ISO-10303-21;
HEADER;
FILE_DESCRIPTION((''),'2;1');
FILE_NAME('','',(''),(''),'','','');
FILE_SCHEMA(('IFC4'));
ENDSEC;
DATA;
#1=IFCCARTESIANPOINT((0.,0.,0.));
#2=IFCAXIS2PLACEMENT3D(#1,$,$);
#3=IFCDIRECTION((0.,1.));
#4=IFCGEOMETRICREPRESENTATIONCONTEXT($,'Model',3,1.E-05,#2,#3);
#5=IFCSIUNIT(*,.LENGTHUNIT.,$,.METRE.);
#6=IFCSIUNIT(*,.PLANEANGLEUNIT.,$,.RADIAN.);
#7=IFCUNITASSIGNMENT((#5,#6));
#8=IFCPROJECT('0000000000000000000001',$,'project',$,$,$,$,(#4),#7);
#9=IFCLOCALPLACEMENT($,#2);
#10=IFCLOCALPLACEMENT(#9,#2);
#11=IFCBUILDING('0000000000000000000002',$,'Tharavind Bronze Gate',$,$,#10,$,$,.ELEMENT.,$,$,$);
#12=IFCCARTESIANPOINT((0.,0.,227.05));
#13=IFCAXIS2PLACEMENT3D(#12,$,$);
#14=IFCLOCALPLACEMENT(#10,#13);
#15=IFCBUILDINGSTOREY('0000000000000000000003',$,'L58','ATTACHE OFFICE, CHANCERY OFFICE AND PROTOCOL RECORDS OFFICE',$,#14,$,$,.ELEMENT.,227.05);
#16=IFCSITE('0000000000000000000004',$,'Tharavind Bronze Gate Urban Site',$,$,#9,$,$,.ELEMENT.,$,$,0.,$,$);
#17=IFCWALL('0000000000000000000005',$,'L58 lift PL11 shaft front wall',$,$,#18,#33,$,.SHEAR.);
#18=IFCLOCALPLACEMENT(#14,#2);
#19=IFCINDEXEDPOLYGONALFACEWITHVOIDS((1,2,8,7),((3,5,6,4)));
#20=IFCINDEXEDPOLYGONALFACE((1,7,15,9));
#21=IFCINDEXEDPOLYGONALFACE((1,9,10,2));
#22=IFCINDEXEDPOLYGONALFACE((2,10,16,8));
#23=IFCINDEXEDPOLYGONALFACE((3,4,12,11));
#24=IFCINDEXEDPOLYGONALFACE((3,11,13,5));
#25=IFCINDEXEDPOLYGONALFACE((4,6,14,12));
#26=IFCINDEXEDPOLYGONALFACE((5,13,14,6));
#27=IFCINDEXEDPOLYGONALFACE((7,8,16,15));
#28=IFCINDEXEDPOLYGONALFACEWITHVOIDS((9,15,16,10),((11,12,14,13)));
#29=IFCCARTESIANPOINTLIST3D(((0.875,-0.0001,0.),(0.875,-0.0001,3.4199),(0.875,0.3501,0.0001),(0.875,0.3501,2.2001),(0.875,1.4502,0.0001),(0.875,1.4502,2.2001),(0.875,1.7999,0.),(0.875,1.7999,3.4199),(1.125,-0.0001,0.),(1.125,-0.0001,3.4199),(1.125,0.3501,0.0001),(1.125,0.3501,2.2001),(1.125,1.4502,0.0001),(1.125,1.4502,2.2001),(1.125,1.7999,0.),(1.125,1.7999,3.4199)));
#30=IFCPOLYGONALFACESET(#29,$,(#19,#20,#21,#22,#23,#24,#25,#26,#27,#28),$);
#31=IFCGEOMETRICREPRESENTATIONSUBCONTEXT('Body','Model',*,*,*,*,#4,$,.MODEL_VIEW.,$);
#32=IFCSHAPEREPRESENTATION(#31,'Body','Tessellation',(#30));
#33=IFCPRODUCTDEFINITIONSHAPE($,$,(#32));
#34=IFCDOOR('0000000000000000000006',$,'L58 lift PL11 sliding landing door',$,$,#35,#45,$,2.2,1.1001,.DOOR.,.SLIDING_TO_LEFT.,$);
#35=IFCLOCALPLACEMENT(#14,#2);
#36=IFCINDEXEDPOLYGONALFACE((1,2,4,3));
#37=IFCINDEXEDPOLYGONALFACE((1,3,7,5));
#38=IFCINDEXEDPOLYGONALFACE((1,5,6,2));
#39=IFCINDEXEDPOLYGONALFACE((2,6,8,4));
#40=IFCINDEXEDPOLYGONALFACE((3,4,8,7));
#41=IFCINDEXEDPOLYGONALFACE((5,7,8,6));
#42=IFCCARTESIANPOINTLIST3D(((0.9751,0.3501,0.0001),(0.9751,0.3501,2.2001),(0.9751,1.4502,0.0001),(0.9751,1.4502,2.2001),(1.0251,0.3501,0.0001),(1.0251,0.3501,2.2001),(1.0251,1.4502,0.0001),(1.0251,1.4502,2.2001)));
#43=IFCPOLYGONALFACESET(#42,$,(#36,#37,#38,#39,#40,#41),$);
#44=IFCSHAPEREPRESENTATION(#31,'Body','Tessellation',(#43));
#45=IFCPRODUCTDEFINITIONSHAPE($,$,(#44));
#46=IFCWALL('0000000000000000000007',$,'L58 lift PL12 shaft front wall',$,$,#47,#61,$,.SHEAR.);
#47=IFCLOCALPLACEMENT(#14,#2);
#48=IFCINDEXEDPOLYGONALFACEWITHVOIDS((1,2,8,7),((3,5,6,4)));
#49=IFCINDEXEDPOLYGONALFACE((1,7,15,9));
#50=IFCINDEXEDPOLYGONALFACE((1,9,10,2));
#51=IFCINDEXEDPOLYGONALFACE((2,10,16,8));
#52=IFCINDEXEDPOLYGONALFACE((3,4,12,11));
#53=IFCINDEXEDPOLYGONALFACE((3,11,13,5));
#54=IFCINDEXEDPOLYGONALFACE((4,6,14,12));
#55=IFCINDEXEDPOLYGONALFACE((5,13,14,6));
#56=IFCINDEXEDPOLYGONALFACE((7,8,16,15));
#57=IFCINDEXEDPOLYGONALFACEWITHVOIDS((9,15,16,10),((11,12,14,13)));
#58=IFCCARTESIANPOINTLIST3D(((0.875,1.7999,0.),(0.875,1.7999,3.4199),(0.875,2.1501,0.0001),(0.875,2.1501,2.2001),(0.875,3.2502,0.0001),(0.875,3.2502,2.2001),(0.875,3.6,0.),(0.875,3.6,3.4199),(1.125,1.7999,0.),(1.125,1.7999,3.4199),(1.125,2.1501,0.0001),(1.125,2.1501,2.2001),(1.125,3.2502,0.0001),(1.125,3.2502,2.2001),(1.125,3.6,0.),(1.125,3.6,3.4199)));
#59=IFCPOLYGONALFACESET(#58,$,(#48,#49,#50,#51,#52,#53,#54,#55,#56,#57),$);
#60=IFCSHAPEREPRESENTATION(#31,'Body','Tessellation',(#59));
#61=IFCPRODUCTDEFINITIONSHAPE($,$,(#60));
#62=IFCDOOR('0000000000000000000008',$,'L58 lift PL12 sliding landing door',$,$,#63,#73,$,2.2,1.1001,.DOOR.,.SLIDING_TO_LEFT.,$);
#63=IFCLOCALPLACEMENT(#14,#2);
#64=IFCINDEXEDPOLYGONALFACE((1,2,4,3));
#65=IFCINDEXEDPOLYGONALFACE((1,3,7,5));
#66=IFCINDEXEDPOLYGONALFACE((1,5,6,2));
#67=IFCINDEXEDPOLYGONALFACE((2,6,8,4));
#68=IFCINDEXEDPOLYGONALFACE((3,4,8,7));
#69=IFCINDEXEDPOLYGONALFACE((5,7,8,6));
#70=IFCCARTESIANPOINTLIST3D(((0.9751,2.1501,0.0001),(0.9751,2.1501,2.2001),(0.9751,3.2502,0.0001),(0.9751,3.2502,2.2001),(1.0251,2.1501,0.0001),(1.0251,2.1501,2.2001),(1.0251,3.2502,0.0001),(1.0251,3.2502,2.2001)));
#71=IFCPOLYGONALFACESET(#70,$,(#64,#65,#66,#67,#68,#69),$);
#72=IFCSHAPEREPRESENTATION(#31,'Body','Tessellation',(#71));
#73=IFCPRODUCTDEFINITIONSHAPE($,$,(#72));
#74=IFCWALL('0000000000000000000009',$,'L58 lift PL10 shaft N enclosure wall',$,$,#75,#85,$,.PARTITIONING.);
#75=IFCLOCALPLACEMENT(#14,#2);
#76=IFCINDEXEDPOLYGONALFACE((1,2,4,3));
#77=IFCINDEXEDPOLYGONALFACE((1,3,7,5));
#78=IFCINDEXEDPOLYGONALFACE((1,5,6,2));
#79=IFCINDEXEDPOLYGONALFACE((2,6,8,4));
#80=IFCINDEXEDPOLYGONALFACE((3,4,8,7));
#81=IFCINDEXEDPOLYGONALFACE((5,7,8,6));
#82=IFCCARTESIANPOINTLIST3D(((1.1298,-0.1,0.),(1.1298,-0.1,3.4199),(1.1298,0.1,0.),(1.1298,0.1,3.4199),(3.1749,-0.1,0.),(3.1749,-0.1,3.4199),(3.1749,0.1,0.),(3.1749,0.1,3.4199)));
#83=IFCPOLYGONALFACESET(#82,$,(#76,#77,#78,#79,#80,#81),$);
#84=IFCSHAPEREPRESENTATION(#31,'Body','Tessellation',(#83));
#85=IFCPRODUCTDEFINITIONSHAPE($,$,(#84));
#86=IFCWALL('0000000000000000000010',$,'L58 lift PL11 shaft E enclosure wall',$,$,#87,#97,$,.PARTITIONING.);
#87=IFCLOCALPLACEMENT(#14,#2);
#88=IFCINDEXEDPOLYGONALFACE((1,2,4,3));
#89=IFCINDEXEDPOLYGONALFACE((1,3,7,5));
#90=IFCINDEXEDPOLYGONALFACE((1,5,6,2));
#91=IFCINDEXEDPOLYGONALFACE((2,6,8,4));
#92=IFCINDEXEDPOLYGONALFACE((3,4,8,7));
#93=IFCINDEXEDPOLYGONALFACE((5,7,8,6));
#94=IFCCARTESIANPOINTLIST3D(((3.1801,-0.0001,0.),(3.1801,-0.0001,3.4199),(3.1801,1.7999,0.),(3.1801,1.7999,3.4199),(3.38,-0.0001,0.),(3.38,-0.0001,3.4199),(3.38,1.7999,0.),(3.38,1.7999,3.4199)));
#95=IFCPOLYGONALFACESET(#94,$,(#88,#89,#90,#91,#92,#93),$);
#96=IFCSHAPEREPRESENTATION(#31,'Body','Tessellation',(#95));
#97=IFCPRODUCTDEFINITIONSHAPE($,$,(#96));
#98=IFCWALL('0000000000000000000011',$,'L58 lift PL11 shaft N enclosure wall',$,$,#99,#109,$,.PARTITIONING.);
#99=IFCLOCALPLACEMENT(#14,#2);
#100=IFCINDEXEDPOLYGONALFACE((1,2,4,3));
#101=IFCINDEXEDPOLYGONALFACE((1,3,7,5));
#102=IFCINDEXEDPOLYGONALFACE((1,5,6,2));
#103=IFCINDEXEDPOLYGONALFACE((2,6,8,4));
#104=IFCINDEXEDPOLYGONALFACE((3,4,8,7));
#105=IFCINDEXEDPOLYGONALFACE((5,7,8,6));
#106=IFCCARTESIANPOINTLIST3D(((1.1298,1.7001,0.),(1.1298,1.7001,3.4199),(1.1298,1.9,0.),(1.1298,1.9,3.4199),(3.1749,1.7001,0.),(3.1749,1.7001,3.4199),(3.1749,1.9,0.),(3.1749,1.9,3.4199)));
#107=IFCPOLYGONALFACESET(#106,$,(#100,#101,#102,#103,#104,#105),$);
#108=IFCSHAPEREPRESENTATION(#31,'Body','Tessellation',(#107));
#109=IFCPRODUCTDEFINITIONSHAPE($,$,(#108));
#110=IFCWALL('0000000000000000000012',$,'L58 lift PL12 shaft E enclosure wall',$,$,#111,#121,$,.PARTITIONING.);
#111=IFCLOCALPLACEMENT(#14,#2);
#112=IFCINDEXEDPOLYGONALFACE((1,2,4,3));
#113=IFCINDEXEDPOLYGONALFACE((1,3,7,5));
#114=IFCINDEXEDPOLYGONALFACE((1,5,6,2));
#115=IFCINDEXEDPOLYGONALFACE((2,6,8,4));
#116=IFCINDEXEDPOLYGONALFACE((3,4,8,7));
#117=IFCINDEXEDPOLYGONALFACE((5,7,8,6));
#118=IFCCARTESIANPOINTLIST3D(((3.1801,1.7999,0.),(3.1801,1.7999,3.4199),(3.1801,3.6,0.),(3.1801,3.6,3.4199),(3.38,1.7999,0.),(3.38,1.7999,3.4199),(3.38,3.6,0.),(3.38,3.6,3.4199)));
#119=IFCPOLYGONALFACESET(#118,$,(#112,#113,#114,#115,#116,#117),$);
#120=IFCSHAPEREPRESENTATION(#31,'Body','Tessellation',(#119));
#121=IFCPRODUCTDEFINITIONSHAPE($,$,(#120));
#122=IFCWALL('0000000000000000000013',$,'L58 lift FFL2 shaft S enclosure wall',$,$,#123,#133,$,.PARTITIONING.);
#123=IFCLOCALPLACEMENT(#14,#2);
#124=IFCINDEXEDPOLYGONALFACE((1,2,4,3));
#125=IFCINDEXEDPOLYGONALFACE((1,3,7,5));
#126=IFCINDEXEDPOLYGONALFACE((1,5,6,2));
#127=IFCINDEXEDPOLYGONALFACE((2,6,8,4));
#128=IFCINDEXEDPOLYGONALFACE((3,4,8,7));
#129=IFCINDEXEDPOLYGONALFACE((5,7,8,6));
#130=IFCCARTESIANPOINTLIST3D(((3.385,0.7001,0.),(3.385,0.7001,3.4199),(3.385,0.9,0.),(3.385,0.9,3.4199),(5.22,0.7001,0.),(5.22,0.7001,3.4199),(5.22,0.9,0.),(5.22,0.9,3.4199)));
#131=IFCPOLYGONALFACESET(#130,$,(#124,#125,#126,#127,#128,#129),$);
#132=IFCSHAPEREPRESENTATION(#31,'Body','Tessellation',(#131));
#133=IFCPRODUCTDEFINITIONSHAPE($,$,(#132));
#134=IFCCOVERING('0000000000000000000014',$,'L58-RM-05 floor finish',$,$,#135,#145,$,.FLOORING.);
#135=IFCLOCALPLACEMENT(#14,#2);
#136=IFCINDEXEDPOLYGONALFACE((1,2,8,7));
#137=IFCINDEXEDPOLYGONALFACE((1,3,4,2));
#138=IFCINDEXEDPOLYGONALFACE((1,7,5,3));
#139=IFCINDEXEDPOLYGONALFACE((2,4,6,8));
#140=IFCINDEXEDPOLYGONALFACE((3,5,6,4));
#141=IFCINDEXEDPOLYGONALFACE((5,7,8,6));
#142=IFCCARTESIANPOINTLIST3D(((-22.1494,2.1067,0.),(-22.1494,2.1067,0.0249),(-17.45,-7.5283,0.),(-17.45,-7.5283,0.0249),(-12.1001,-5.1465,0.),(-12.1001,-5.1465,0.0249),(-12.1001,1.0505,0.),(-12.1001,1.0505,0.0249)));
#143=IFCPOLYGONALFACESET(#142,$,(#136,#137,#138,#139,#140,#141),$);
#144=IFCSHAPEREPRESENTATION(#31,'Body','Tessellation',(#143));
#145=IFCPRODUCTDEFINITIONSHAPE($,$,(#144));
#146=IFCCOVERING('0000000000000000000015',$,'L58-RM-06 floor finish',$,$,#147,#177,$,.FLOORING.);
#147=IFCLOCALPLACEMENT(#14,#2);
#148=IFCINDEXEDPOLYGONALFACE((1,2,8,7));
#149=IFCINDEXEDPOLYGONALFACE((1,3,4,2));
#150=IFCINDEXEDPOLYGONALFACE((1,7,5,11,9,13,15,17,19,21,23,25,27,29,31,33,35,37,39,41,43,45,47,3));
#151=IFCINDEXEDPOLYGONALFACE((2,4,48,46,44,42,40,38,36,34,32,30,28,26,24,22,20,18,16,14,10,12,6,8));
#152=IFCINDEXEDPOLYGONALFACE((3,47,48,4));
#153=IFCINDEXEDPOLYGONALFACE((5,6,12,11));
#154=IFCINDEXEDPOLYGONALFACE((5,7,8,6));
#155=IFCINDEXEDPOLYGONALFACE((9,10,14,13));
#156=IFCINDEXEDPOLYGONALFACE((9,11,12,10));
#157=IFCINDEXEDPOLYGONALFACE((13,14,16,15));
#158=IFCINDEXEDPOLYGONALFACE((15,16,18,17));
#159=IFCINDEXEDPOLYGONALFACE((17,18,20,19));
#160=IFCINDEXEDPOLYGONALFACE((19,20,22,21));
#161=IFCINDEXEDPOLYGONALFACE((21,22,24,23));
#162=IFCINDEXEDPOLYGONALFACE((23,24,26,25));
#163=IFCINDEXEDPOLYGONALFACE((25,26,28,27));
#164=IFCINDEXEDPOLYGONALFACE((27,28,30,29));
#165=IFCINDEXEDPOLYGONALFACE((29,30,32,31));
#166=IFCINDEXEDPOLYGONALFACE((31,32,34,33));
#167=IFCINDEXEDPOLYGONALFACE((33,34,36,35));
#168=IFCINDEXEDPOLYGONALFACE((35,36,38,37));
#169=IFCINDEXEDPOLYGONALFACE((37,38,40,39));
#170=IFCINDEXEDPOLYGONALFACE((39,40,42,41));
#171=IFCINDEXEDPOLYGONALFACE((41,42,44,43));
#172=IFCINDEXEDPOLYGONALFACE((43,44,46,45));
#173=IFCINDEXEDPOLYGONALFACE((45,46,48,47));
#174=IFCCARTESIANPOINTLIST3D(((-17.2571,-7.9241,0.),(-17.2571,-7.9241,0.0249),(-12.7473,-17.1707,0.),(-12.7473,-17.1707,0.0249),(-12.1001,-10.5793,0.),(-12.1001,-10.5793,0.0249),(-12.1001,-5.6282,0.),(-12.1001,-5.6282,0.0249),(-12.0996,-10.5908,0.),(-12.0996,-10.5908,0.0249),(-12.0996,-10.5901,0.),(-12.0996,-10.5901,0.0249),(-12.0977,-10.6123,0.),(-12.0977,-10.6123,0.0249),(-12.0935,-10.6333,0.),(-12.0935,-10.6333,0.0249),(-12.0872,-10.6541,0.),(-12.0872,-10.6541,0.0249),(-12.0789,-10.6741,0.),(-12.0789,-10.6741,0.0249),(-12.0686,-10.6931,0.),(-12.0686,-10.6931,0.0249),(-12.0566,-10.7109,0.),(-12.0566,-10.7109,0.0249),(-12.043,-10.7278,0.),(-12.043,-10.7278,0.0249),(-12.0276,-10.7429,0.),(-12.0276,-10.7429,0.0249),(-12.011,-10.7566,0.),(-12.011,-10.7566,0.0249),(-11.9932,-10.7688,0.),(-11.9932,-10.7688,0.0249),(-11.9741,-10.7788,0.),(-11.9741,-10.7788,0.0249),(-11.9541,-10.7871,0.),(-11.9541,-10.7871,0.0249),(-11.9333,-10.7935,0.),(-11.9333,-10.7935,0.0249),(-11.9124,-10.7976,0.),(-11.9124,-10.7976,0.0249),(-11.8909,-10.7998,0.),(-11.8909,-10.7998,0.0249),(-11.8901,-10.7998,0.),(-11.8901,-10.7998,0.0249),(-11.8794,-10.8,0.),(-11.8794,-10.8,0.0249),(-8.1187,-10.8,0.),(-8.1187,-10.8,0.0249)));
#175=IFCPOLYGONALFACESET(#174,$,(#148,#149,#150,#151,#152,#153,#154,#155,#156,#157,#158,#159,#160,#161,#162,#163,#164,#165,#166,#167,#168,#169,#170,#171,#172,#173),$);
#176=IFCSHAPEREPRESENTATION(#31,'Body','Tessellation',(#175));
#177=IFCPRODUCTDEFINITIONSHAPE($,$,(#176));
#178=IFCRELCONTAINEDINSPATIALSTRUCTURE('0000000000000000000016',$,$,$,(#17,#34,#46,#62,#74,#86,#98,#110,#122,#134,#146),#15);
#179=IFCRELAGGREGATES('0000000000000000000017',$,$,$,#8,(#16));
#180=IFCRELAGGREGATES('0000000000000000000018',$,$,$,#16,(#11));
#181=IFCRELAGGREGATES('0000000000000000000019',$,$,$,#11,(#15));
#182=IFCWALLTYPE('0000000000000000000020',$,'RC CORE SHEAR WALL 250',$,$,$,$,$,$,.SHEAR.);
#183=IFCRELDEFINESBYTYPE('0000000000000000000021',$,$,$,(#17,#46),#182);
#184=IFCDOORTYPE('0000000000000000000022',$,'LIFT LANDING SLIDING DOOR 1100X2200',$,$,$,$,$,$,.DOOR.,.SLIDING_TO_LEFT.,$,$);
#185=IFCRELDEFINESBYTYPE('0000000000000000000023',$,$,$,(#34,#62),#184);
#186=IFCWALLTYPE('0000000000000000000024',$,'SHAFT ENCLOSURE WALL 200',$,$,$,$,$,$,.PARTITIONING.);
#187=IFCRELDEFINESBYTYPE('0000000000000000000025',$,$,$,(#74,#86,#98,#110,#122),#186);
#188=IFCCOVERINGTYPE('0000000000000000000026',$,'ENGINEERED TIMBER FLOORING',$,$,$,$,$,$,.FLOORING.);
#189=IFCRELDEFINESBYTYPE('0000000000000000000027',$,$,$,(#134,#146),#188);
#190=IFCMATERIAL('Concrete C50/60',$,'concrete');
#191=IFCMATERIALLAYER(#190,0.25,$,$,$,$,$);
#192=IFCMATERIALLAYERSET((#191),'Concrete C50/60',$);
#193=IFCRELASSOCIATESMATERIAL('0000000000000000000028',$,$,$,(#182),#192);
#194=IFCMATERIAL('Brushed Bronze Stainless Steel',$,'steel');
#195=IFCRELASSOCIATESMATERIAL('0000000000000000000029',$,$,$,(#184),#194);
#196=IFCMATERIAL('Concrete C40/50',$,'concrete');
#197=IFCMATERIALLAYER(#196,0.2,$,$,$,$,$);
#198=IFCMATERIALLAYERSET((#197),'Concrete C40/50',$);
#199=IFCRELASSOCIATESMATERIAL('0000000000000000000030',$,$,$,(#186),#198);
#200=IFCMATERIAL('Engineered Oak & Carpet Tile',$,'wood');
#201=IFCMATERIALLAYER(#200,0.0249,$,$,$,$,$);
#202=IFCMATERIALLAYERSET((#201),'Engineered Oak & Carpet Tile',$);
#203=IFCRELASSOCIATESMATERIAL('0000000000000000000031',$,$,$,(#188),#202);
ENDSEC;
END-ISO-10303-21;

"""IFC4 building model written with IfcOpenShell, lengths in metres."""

from ifc_helpers import new_model, si_unit, direction, frame, frame_2d, origin, place, context, subcontext, project, spatial, polyline, rectangle, outline, extrude, material, layer, layer_set, type_object, element, fill, save


model = new_model("IFC4")

# Units and contexts
model_context = context("Model", 3, precision=1e-05, world=origin(), true_north=direction((0.0, 1.0)))
body_context = subcontext(model_context, "Body", "Model", "MODEL_VIEW")
ifc_project = project(units=[si_unit("LENGTHUNIT", "METRE"), si_unit("PLANEANGLEUNIT", "RADIAN")], contexts=[model_context])

# Site, building, storey
site_placement = place(None, origin())
site = spatial("IfcSite", under=ifc_project, at=site_placement, Name="Tharavind Bronze Gate Urban Site", CompositionType="ELEMENT", RefElevation=0.0)
building_placement = place(site_placement, origin())
building = spatial("IfcBuilding", under=site, at=building_placement, Name="Tharavind Bronze Gate", CompositionType="ELEMENT")
storey_placement = place(building_placement, frame((0.0, 0.0, 227.05)))
storey = spatial("IfcBuildingStorey", under=building, at=storey_placement, Name="L58", Description="ATTACHE OFFICE, CHANCERY OFFICE AND PROTOCOL RECORDS OFFICE", CompositionType="ELEMENT", Elevation=227.05)

# Walls, openings, doors
ifc_material_1 = material(Name="Concrete C50/60", Category="concrete")
ifc_layer_1 = layer(ifc_material_1, 0.25)
ifc_layer_set_1 = layer_set([ifc_layer_1], Name="Concrete C50/60")
wall_type_1 = type_object("IfcWallType", Name="RC CORE SHEAR WALL 250", PredefinedType="SHEAR", material=ifc_layer_set_1)
wall_1_placement = place(storey_placement, frame((1.0, 0.0, 0.0), z_axis=(0.0, 0.0, 1.0), x_axis=(0.0, 1.0, 0.0)))
wall_1 = element("IfcWall", 1, at=wall_1_placement, inside=storey, type_object=wall_type_1, Name="L58 lift PL11 shaft front wall", PredefinedType="SHEAR", context=body_context, shape_type="SweptSolid", body=[
    extrude(rectangle(XDim=1.8, YDim=0.25, at=frame_2d((0.8999, 0.0))), origin(), (0.0, 0.0, 1.0), 3.4199),
])
opening_1_placement = place(wall_1_placement, frame((0.3501, 0.0, 0.0)))
opening_1 = element("IfcOpeningElement", 2, at=opening_1_placement, cuts=wall_1, PredefinedType="OPENING", context=body_context, shape_type="SweptSolid", body=[
    extrude(rectangle(XDim=1.1001, YDim=2.2, at=frame_2d((0.55, 1.1001))), frame((0.0, 0.135, 0.0), z_axis=(0.0, -1.0, 0.0), x_axis=(1.0, 0.0, 0.0)), (0.0, 0.0, 1.0), 0.27),
])
ifc_material_2 = material(Name="Brushed Bronze Stainless Steel", Category="steel")
door_type = type_object("IfcDoorType", Name="LIFT LANDING SLIDING DOOR 1100X2200", OperationType="SLIDING_TO_LEFT", PredefinedType="DOOR", material=ifc_material_2)
door_1_placement = place(opening_1_placement, origin())
door_1 = element("IfcDoor", 3, at=door_1_placement, inside=storey, type_object=door_type, Name="L58 lift PL11 sliding landing door", OperationType="SLIDING_TO_LEFT", OverallHeight=2.2, OverallWidth=1.1001, PredefinedType="DOOR", context=body_context, shape_type="SweptSolid", body=[
    extrude(rectangle(XDim=1.1001, YDim=2.2, at=frame_2d((0.55, 1.1001))), frame((0.0, 0.0249, 0.0), z_axis=(0.0, -1.0, 0.0), x_axis=(1.0, 0.0, 0.0)), (0.0, 0.0, 1.0), 0.05),
])
fill(opening_1, door_1)
wall_2_placement = place(storey_placement, frame((1.0, 1.8, 0.0), z_axis=(0.0, 0.0, 1.0), x_axis=(0.0, 1.0, 0.0)))
wall_2 = element("IfcWall", 4, at=wall_2_placement, inside=storey, type_object=wall_type_1, Name="L58 lift PL12 shaft front wall", PredefinedType="SHEAR", context=body_context, shape_type="SweptSolid", body=[
    extrude(rectangle(XDim=1.8, YDim=0.25, at=frame_2d((0.8999, 0.0))), origin(), (0.0, 0.0, 1.0), 3.4199),
])
opening_2_placement = place(wall_2_placement, frame((0.3501, 0.0, 0.0)))
opening_2 = element("IfcOpeningElement", 5, at=opening_2_placement, cuts=wall_2, PredefinedType="OPENING", context=body_context, shape_type="SweptSolid", body=[
    extrude(rectangle(XDim=1.1001, YDim=2.2, at=frame_2d((0.55, 1.1001))), frame((0.0, 0.135, 0.0), z_axis=(0.0, -1.0, 0.0), x_axis=(1.0, 0.0, 0.0)), (0.0, 0.0, 1.0), 0.27),
])
door_2_placement = place(opening_2_placement, origin())
door_2 = element("IfcDoor", 6, at=door_2_placement, inside=storey, type_object=door_type, Name="L58 lift PL12 sliding landing door", OperationType="SLIDING_TO_LEFT", OverallHeight=2.2, OverallWidth=1.1001, PredefinedType="DOOR", context=body_context, shape_type="SweptSolid", body=[
    extrude(rectangle(XDim=1.1001, YDim=2.2, at=frame_2d((0.55, 1.1001))), frame((0.0, 0.0249, 0.0), z_axis=(0.0, -1.0, 0.0), x_axis=(1.0, 0.0, 0.0)), (0.0, 0.0, 1.0), 0.05),
])
fill(opening_2, door_2)

# Walls
ifc_material_3 = material(Name="Concrete C40/50", Category="concrete")
ifc_layer_2 = layer(ifc_material_3, 0.2)
ifc_layer_set_2 = layer_set([ifc_layer_2], Name="Concrete C40/50")
wall_type_2 = type_object("IfcWallType", Name="SHAFT ENCLOSURE WALL 200", PredefinedType="PARTITIONING", material=ifc_layer_set_2)
wall_3_placement = place(storey_placement, frame((1.1299, 0.0, 0.0), z_axis=(0.0, 0.0, 1.0), x_axis=(1.0, 0.0, 0.0)))
element("IfcWall", 7, at=wall_3_placement, inside=storey, type_object=wall_type_2, Name="L58 lift PL10 shaft N enclosure wall", PredefinedType="PARTITIONING", context=body_context, shape_type="SweptSolid", body=[
    extrude(rectangle(XDim=2.0452, YDim=0.2, at=frame_2d((1.0225, 0.0))), origin(), (0.0, 0.0, 1.0), 3.4199),
])
wall_4_placement = place(storey_placement, frame((3.28, 0.0, 0.0), z_axis=(0.0, 0.0, 1.0), x_axis=(0.0, 1.0, 0.0)))
element("IfcWall", 8, at=wall_4_placement, inside=storey, type_object=wall_type_2, Name="L58 lift PL11 shaft E enclosure wall", PredefinedType="PARTITIONING", context=body_context, shape_type="SweptSolid", body=[
    extrude(rectangle(XDim=1.8, YDim=0.2, at=frame_2d((0.8999, 0.0))), origin(), (0.0, 0.0, 1.0), 3.4199),
])
wall_5_placement = place(storey_placement, frame((1.1299, 1.8, 0.0), z_axis=(0.0, 0.0, 1.0), x_axis=(1.0, 0.0, 0.0)))
element("IfcWall", 9, at=wall_5_placement, inside=storey, type_object=wall_type_2, Name="L58 lift PL11 shaft N enclosure wall", PredefinedType="PARTITIONING", context=body_context, shape_type="SweptSolid", body=[
    extrude(rectangle(XDim=2.0452, YDim=0.2, at=frame_2d((1.0225, 0.0))), origin(), (0.0, 0.0, 1.0), 3.4199),
])
wall_6_placement = place(storey_placement, frame((3.28, 1.8, 0.0), z_axis=(0.0, 0.0, 1.0), x_axis=(0.0, 1.0, 0.0)))
element("IfcWall", 10, at=wall_6_placement, inside=storey, type_object=wall_type_2, Name="L58 lift PL12 shaft E enclosure wall", PredefinedType="PARTITIONING", context=body_context, shape_type="SweptSolid", body=[
    extrude(rectangle(XDim=1.8, YDim=0.2, at=frame_2d((0.8999, 0.0))), origin(), (0.0, 0.0, 1.0), 3.4199),
])
wall_7_placement = place(storey_placement, frame((3.385, 0.8, 0.0), z_axis=(0.0, 0.0, 1.0), x_axis=(1.0, 0.0, 0.0)))
element("IfcWall", 11, at=wall_7_placement, inside=storey, type_object=wall_type_2, Name="L58 lift FFL2 shaft S enclosure wall", PredefinedType="PARTITIONING", context=body_context, shape_type="SweptSolid", body=[
    extrude(rectangle(XDim=1.835, YDim=0.2, at=frame_2d((0.9175, 0.0))), origin(), (0.0, 0.0, 1.0), 3.4199),
])

# Coverings
ifc_material_4 = material(Name="Engineered Oak & Carpet Tile", Category="wood")
ifc_layer_3 = layer(ifc_material_4, 0.0249)
ifc_layer_set_3 = layer_set([ifc_layer_3], Name="Engineered Oak & Carpet Tile")
covering_type_1 = type_object("IfcCoveringType", Name="ENGINEERED TIMBER FLOORING", PredefinedType="FLOORING", material=ifc_layer_set_3)
covering_1_placement = place(storey_placement, origin())
element("IfcCovering", 12, at=covering_1_placement, inside=storey, type_object=covering_type_1, Name="L58-RM-05 floor finish", PredefinedType="FLOORING", context=body_context, shape_type="SweptSolid", body=[
    extrude(outline(polyline([(-17.45, -7.5283), (-12.1001, -5.1465), (-12.1001, 1.0505), (-22.1494, 2.1067), (-17.45, -7.5283)])), origin(), (0.0, 0.0, 1.0), 0.0249),
])
covering_2_placement = place(storey_placement, origin())
element("IfcCovering", 13, at=covering_2_placement, inside=storey, type_object=covering_type_1, Name="L58-RM-06 floor finish", PredefinedType="FLOORING", context=body_context, shape_type="SweptSolid", body=[
    extrude(outline(polyline([(-12.7473, -17.1707), (-8.1187, -10.8), (-11.8794, -10.8), (-11.8901, -10.7998), (-11.8909, -10.7998), (-11.9124, -10.7976), (-11.9333, -10.7935), (-11.9541, -10.7871), (-11.9741, -10.7788), (-11.9932, -10.7688), (-12.011, -10.7566), (-12.0276, -10.7429), (-12.043, -10.7278), (-12.0566, -10.7109), (-12.0686, -10.6931), (-12.0789, -10.6741), (-12.0872, -10.6541), (-12.0935, -10.6333), (-12.0977, -10.6123), (-12.0996, -10.5908), (-12.0996, -10.5901), (-12.1001, -10.5793), (-12.1001, -5.6282), (-17.2571, -7.9241), (-12.7473, -17.1707)])), origin(), (0.0, 0.0, 1.0), 0.0249),
])

save(model, "model.ifc")
